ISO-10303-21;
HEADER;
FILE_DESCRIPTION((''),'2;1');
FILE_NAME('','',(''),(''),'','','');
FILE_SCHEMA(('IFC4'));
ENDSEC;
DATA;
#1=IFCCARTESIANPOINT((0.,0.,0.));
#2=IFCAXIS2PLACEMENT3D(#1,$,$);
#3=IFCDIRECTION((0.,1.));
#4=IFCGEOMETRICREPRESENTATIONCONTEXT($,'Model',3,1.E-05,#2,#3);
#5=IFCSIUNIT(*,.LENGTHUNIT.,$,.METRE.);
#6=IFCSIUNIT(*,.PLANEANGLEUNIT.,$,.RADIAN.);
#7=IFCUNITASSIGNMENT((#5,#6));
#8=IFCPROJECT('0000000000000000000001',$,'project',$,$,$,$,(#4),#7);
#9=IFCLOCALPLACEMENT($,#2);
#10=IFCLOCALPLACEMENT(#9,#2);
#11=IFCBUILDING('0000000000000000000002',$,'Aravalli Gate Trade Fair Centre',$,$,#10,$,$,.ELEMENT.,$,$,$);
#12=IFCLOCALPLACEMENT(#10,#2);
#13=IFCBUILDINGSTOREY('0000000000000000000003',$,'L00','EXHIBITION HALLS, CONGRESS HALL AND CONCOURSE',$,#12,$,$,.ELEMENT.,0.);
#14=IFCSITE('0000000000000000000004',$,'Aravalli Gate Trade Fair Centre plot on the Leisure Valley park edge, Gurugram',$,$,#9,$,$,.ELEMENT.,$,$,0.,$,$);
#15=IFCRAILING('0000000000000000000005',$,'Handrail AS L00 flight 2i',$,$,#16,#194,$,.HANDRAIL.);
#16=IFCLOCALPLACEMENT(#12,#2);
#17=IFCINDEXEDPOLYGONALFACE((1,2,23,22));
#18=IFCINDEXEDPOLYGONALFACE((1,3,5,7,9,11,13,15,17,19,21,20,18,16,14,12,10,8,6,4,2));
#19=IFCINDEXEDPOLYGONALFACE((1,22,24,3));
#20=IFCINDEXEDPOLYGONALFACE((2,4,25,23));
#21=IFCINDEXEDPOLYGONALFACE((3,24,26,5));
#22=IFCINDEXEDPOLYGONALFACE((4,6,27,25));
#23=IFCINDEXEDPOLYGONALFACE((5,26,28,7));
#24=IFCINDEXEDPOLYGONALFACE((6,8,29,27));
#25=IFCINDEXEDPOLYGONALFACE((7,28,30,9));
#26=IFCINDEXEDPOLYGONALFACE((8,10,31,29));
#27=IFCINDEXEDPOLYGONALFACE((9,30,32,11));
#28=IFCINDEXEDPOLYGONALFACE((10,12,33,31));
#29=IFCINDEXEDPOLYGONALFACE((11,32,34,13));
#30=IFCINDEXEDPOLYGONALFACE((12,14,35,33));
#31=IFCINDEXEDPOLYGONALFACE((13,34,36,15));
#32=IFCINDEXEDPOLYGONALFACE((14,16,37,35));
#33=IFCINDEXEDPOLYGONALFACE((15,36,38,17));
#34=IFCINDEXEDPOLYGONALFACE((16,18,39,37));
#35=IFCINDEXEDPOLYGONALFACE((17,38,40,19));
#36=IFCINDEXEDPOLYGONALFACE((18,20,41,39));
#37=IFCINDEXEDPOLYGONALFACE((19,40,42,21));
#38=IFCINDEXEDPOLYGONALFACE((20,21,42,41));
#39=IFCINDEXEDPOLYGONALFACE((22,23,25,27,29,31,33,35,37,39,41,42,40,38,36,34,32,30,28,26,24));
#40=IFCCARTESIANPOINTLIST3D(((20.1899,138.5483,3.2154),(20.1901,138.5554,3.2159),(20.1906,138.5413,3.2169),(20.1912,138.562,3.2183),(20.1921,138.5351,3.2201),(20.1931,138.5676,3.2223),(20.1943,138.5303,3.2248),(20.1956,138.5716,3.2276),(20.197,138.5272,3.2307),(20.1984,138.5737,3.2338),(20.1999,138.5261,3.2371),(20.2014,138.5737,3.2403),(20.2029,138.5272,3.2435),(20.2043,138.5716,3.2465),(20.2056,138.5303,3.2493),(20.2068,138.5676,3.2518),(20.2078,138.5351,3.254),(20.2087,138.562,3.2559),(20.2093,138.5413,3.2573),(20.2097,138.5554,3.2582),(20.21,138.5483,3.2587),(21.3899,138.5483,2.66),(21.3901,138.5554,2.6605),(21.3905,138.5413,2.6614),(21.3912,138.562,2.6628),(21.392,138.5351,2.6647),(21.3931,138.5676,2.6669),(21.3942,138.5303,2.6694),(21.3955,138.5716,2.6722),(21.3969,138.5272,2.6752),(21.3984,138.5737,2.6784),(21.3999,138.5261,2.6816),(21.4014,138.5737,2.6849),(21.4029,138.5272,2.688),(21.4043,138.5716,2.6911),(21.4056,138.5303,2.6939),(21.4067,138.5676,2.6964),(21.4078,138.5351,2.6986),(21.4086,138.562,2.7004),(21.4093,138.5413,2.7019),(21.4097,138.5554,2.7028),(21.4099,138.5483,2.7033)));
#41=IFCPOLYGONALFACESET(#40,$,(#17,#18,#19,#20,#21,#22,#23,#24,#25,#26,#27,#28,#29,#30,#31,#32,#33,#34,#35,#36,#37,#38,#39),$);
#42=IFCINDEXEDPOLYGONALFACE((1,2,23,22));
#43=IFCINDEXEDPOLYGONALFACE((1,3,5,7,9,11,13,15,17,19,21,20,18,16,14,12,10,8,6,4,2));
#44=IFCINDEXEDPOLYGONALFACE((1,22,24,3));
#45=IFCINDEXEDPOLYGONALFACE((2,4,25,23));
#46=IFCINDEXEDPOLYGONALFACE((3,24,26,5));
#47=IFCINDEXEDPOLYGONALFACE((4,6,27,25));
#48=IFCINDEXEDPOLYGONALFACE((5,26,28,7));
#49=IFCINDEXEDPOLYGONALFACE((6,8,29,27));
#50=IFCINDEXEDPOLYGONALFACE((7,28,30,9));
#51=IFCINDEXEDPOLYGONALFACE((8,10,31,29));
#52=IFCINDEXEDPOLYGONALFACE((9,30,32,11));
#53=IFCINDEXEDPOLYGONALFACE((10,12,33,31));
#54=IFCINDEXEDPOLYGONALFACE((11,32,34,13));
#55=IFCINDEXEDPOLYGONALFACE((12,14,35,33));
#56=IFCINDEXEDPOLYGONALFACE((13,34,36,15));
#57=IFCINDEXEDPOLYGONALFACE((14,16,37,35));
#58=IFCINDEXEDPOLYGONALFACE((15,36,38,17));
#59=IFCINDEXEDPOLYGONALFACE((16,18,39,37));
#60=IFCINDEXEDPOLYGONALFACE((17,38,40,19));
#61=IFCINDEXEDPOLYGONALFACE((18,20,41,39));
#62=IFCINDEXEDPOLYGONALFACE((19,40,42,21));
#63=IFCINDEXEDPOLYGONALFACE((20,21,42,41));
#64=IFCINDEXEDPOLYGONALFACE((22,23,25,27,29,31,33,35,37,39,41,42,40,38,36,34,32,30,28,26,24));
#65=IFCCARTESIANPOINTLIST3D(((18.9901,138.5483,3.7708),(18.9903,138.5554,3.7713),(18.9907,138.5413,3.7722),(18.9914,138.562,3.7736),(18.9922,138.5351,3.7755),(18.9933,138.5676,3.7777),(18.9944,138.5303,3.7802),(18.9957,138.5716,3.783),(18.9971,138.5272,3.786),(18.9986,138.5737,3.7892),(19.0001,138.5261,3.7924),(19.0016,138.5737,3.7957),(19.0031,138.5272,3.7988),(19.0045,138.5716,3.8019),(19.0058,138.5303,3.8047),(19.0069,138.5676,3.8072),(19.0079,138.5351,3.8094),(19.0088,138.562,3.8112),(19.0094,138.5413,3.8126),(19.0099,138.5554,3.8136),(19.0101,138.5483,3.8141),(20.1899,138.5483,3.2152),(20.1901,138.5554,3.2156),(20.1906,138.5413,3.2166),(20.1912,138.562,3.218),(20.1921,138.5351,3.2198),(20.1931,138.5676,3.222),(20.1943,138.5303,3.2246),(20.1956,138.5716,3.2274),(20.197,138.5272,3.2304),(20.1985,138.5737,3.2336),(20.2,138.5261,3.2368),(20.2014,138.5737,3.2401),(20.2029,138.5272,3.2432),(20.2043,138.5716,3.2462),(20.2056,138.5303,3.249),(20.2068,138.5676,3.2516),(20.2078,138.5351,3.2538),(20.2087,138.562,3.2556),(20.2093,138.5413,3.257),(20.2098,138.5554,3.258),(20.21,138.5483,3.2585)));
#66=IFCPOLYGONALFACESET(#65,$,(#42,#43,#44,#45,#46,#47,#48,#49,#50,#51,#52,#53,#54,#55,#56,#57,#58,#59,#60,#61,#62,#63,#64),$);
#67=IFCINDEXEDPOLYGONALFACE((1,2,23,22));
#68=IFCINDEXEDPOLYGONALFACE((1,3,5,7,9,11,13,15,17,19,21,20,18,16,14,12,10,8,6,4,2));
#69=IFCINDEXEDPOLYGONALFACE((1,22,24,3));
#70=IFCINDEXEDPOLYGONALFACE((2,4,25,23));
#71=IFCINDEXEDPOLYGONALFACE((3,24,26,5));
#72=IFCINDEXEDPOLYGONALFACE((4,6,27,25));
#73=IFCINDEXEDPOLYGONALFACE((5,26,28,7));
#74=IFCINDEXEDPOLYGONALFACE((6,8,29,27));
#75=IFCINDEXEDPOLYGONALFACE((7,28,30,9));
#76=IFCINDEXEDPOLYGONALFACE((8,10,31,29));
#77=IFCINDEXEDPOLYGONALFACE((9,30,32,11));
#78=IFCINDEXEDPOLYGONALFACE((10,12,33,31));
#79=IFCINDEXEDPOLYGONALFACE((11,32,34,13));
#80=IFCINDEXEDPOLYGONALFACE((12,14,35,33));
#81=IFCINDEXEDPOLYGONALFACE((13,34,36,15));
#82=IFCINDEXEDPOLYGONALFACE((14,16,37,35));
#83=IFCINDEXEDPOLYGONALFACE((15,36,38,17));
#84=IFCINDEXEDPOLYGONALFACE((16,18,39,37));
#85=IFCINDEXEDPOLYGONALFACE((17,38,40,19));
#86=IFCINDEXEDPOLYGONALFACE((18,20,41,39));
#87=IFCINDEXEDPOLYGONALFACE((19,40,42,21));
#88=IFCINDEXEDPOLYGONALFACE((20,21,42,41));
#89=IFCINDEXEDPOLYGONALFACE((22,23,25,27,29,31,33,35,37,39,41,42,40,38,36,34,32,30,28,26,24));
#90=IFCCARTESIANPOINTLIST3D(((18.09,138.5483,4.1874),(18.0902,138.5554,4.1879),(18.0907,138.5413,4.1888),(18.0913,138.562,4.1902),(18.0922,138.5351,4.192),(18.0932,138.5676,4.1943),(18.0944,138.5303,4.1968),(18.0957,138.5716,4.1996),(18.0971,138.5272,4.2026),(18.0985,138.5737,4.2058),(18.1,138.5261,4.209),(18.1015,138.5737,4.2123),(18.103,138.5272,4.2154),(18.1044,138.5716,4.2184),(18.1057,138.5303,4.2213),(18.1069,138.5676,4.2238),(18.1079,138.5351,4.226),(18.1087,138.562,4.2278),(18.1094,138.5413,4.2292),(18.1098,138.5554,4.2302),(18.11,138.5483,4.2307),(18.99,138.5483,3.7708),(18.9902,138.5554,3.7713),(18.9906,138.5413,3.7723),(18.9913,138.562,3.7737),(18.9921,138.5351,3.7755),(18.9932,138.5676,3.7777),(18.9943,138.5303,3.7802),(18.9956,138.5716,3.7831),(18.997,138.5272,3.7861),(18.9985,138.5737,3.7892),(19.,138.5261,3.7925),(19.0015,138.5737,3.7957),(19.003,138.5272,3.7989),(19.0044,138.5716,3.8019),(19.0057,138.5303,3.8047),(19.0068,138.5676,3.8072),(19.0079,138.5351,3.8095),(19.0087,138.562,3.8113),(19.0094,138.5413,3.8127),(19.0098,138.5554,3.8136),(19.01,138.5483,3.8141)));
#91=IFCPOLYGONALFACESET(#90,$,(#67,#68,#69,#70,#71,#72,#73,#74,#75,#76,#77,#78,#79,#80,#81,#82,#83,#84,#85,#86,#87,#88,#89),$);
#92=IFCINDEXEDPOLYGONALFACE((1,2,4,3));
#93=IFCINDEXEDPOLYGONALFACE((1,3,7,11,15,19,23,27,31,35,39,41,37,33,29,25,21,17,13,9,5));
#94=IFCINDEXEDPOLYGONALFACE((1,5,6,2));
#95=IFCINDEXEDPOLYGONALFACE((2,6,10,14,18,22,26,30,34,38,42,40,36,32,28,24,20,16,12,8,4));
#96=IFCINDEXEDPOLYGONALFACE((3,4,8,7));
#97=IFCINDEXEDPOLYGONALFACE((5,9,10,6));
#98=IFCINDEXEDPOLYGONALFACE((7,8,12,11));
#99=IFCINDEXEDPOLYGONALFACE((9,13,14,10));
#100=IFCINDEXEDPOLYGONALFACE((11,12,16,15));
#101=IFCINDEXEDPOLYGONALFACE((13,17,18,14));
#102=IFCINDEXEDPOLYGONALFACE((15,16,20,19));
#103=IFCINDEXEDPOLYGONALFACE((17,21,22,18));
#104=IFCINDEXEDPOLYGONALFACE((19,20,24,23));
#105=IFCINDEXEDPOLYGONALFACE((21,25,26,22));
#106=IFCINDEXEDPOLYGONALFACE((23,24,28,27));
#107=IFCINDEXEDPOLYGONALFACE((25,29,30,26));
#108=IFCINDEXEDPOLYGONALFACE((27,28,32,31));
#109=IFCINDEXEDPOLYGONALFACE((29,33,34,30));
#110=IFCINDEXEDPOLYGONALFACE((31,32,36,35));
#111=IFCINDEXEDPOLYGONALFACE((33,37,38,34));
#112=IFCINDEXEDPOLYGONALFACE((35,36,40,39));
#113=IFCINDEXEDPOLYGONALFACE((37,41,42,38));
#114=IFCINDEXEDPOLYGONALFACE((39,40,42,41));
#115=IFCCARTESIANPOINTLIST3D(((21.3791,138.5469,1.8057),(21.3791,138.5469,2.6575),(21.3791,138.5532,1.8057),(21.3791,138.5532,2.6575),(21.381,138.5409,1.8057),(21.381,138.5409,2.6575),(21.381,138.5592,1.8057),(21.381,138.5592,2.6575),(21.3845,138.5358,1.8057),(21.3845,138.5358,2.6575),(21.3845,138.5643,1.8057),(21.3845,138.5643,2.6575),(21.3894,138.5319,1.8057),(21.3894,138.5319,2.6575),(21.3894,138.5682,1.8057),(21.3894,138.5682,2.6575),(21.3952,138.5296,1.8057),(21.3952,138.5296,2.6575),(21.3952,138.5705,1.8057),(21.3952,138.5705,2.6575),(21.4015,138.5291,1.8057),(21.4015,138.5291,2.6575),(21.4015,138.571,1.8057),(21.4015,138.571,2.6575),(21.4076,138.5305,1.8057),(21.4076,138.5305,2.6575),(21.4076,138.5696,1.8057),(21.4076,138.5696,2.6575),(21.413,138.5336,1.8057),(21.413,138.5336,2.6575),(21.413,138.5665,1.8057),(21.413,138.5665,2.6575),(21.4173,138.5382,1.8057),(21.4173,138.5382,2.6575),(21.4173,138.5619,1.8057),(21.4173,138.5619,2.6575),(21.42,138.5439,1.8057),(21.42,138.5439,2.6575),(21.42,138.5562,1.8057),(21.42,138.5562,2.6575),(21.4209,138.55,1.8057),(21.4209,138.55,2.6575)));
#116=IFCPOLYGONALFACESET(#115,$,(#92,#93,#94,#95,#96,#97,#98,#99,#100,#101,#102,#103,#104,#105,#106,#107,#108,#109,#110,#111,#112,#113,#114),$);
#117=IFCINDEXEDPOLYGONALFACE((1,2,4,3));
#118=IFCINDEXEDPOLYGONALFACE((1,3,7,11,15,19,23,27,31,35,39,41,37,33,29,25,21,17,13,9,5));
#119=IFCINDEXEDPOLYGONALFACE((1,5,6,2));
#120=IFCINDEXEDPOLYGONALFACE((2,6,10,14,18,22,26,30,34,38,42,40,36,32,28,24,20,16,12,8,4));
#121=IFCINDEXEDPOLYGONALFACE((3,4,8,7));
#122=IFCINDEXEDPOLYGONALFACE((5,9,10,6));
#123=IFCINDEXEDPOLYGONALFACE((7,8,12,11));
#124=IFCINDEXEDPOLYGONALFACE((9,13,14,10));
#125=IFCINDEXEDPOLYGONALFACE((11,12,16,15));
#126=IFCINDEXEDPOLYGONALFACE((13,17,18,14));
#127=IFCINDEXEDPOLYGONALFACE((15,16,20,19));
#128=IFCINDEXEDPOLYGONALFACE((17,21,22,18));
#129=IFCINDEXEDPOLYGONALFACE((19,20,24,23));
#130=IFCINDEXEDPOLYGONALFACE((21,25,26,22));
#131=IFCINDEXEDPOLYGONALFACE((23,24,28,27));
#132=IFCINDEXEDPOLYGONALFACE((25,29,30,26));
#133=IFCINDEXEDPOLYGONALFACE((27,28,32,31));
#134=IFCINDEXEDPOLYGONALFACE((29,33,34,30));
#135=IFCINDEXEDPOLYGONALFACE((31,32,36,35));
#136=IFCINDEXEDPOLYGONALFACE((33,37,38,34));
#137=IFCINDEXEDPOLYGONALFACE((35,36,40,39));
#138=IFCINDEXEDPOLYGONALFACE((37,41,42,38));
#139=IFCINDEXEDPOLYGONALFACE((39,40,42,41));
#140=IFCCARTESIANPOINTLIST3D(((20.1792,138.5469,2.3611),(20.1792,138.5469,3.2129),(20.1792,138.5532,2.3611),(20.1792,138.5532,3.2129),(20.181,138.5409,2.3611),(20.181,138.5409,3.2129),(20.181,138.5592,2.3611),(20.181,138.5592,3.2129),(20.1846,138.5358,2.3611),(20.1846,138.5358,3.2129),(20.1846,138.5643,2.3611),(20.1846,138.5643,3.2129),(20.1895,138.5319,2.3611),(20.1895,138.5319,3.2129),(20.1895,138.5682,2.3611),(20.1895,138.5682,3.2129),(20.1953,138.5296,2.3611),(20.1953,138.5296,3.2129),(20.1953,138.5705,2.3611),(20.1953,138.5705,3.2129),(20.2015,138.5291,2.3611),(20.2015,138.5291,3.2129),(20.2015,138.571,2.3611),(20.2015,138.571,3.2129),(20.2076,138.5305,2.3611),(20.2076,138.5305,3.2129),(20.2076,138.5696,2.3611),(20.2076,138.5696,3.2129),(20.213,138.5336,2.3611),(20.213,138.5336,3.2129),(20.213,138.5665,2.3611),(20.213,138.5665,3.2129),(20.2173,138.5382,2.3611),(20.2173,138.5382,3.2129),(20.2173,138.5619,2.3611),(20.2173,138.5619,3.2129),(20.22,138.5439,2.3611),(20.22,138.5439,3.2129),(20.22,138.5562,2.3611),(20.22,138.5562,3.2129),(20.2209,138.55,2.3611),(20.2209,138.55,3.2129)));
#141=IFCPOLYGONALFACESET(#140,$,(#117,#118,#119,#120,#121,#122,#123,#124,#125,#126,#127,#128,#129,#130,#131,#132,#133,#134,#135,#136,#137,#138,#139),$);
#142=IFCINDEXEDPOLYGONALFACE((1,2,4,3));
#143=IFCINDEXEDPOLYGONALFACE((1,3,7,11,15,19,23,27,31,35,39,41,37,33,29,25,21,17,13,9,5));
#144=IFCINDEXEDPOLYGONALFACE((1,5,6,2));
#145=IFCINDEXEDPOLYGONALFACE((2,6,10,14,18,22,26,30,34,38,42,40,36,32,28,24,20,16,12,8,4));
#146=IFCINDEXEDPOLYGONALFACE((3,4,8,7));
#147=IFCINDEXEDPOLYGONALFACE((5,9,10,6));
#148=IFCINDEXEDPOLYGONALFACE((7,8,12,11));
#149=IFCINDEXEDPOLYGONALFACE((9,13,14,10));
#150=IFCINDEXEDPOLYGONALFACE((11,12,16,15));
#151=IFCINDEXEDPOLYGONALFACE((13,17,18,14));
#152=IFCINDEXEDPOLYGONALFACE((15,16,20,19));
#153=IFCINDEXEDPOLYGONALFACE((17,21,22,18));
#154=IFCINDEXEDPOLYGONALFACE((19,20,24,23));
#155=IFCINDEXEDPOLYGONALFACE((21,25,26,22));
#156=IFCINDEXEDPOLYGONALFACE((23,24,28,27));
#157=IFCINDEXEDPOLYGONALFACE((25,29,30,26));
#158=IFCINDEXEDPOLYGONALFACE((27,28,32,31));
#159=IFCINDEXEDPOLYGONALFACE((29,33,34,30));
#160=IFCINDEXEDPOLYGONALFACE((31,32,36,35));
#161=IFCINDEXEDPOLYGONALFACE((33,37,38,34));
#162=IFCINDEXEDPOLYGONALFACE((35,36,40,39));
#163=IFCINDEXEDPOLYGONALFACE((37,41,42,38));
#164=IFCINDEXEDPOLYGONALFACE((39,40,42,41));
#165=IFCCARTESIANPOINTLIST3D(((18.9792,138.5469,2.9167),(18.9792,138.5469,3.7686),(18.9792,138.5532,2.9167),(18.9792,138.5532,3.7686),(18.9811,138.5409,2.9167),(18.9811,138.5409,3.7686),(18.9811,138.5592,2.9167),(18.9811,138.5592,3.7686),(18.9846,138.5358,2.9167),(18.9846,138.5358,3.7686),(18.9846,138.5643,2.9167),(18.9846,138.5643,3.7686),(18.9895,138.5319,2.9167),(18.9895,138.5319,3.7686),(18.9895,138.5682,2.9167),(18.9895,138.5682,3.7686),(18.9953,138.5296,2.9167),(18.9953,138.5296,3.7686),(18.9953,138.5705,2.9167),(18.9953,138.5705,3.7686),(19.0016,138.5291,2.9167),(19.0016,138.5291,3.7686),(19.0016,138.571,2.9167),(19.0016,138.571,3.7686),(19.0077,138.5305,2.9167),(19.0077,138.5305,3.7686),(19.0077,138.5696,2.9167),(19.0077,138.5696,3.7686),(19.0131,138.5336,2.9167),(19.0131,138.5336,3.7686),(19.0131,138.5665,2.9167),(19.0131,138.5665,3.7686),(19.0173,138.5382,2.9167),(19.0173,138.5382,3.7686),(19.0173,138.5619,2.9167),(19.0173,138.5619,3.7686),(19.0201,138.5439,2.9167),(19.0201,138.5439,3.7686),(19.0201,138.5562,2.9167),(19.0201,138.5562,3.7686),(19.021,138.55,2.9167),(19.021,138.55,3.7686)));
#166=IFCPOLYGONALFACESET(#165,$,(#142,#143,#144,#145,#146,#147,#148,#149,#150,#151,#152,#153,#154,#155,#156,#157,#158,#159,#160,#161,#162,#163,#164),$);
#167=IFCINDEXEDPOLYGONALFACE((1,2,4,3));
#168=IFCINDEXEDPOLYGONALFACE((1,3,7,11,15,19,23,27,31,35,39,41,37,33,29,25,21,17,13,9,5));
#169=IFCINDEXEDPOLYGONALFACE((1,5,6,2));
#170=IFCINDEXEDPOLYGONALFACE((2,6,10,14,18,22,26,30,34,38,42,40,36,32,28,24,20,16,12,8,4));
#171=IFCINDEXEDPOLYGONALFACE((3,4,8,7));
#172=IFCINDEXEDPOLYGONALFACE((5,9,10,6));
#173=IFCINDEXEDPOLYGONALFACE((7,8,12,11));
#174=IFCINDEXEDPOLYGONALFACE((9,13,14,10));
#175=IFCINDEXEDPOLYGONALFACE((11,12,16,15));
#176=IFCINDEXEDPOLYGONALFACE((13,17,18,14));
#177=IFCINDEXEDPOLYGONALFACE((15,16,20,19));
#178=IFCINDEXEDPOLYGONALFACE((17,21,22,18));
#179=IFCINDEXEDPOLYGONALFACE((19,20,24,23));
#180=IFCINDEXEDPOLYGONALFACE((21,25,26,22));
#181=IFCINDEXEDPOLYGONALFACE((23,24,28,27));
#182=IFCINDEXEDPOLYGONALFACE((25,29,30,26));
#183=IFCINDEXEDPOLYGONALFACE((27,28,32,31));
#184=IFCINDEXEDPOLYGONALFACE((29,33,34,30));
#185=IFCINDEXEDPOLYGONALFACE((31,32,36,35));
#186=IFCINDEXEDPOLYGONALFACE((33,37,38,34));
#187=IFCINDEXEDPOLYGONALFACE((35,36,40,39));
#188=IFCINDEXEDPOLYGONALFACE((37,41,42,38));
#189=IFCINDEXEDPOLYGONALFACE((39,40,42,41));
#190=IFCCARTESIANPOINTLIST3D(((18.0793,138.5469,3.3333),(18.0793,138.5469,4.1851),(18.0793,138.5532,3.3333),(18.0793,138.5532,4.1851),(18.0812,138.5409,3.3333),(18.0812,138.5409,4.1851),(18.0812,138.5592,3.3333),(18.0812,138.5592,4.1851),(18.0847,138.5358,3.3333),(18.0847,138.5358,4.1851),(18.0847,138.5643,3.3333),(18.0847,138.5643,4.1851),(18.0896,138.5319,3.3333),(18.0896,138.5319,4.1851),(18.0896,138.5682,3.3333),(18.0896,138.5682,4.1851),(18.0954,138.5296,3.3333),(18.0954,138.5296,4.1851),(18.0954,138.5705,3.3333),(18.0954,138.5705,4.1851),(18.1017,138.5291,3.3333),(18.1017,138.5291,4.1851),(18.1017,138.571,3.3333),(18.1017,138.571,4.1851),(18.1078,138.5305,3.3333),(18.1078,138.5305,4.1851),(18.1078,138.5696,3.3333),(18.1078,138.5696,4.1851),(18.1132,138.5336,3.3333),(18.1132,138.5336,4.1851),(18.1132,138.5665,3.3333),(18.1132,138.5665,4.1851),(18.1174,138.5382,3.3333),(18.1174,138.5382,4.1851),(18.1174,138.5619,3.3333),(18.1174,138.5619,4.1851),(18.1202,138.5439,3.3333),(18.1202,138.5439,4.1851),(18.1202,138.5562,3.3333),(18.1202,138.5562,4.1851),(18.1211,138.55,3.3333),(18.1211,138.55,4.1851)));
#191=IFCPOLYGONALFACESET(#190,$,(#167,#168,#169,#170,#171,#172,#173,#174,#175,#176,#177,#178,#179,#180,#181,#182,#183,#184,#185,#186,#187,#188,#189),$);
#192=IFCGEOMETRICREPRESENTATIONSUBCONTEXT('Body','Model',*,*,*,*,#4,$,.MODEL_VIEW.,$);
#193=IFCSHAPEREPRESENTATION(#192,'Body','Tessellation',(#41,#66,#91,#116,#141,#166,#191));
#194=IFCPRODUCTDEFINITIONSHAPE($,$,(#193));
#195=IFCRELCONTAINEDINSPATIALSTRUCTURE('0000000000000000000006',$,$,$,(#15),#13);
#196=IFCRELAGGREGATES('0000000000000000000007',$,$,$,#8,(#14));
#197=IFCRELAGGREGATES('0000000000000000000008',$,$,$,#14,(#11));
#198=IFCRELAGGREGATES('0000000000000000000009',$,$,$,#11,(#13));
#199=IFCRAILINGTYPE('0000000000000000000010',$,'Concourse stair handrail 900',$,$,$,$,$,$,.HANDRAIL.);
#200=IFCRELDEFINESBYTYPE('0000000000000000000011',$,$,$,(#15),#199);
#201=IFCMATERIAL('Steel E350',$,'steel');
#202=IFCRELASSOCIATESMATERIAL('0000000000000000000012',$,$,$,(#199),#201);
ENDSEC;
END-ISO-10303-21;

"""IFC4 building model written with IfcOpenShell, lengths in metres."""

from ifc_helpers import new_model, si_unit, direction, frame, origin, origin_2d, place, context, subcontext, project, spatial, circle, extrude, material, type_object, element, save


model = new_model("IFC4")

# Units and contexts
model_context = context("Model", 3, precision=1e-05, world=origin(), true_north=direction((0.0, 1.0)))
body_context = subcontext(model_context, "Body", "Model", "MODEL_VIEW")
ifc_project = project(units=[si_unit("LENGTHUNIT", "METRE"), si_unit("PLANEANGLEUNIT", "RADIAN")], contexts=[model_context])

# Site, building, storey
site_placement = place(None, origin())
site = spatial("IfcSite", under=ifc_project, at=site_placement, Name="Aravalli Gate Trade Fair Centre plot on the Leisure Valley park edge, Gurugram", CompositionType="ELEMENT", RefElevation=0.0)
building_placement = place(site_placement, origin())
building = spatial("IfcBuilding", under=site, at=building_placement, Name="Aravalli Gate Trade Fair Centre", CompositionType="ELEMENT")
storey_placement = place(building_placement, origin())
storey = spatial("IfcBuildingStorey", under=building, at=storey_placement, Name="L00", Description="EXHIBITION HALLS, CONGRESS HALL AND CONCOURSE", CompositionType="ELEMENT", Elevation=0.0)

# Railing
ifc_material_1 = material(Name="Steel E350", Category="steel")
railing_type_1 = type_object("IfcRailingType", Name="Concourse stair handrail 900", PredefinedType="HANDRAIL", material=ifc_material_1)
for number, where, name in (
    (1, (21.3999, 138.55, 1.8057), "Handrail AS L00 flight 2i"),
):
    element("IfcRailing", number, at=place(storey_placement, frame(where)), inside=storey, type_object=railing_type_1, Name=name, PredefinedType="HANDRAIL", context=body_context, shape_type="SweptSolid", body=[
        extrude(circle(Radius=0.0239, at=origin_2d()), frame((0.0, 0.0, 0.876), z_axis=(-0.907499, 0.0, 0.420053), x_axis=(0.0, -1.0, 0.0)), (0.0, 0.0, 1.0), 1.3223),
        extrude(circle(Radius=0.0239, at=origin_2d()), frame((-1.2, 0.0, 1.4312), z_axis=(-0.907429, 0.0, 0.420205), x_axis=(0.0, -1.0, 0.0)), (0.0, 0.0, 1.0), 1.3223),
        extrude(circle(Radius=0.0239, at=origin_2d()), frame((-2.3999, 0.0, 1.9868), z_axis=(-0.907512, 0.0, 0.420026), x_axis=(0.0, -1.0, 0.0)), (0.0, 0.0, 1.0), 0.9917),
        extrude(circle(Radius=0.021, at=origin_2d()), origin(), (0.0, 0.0, 1.0), 0.8518),
        extrude(circle(Radius=0.021, at=origin_2d()), frame((-1.2, 0.0, 0.5554)), (0.0, 0.0, 1.0), 0.8518),
        extrude(circle(Radius=0.021, at=origin_2d()), frame((-2.3999, 0.0, 1.1111)), (0.0, 0.0, 1.0), 0.8518),
        extrude(circle(Radius=0.021, at=origin_2d()), frame((-3.2998, 0.0, 1.5276)), (0.0, 0.0, 1.0), 0.8518),
    ])

save(model, "model.ifc")
